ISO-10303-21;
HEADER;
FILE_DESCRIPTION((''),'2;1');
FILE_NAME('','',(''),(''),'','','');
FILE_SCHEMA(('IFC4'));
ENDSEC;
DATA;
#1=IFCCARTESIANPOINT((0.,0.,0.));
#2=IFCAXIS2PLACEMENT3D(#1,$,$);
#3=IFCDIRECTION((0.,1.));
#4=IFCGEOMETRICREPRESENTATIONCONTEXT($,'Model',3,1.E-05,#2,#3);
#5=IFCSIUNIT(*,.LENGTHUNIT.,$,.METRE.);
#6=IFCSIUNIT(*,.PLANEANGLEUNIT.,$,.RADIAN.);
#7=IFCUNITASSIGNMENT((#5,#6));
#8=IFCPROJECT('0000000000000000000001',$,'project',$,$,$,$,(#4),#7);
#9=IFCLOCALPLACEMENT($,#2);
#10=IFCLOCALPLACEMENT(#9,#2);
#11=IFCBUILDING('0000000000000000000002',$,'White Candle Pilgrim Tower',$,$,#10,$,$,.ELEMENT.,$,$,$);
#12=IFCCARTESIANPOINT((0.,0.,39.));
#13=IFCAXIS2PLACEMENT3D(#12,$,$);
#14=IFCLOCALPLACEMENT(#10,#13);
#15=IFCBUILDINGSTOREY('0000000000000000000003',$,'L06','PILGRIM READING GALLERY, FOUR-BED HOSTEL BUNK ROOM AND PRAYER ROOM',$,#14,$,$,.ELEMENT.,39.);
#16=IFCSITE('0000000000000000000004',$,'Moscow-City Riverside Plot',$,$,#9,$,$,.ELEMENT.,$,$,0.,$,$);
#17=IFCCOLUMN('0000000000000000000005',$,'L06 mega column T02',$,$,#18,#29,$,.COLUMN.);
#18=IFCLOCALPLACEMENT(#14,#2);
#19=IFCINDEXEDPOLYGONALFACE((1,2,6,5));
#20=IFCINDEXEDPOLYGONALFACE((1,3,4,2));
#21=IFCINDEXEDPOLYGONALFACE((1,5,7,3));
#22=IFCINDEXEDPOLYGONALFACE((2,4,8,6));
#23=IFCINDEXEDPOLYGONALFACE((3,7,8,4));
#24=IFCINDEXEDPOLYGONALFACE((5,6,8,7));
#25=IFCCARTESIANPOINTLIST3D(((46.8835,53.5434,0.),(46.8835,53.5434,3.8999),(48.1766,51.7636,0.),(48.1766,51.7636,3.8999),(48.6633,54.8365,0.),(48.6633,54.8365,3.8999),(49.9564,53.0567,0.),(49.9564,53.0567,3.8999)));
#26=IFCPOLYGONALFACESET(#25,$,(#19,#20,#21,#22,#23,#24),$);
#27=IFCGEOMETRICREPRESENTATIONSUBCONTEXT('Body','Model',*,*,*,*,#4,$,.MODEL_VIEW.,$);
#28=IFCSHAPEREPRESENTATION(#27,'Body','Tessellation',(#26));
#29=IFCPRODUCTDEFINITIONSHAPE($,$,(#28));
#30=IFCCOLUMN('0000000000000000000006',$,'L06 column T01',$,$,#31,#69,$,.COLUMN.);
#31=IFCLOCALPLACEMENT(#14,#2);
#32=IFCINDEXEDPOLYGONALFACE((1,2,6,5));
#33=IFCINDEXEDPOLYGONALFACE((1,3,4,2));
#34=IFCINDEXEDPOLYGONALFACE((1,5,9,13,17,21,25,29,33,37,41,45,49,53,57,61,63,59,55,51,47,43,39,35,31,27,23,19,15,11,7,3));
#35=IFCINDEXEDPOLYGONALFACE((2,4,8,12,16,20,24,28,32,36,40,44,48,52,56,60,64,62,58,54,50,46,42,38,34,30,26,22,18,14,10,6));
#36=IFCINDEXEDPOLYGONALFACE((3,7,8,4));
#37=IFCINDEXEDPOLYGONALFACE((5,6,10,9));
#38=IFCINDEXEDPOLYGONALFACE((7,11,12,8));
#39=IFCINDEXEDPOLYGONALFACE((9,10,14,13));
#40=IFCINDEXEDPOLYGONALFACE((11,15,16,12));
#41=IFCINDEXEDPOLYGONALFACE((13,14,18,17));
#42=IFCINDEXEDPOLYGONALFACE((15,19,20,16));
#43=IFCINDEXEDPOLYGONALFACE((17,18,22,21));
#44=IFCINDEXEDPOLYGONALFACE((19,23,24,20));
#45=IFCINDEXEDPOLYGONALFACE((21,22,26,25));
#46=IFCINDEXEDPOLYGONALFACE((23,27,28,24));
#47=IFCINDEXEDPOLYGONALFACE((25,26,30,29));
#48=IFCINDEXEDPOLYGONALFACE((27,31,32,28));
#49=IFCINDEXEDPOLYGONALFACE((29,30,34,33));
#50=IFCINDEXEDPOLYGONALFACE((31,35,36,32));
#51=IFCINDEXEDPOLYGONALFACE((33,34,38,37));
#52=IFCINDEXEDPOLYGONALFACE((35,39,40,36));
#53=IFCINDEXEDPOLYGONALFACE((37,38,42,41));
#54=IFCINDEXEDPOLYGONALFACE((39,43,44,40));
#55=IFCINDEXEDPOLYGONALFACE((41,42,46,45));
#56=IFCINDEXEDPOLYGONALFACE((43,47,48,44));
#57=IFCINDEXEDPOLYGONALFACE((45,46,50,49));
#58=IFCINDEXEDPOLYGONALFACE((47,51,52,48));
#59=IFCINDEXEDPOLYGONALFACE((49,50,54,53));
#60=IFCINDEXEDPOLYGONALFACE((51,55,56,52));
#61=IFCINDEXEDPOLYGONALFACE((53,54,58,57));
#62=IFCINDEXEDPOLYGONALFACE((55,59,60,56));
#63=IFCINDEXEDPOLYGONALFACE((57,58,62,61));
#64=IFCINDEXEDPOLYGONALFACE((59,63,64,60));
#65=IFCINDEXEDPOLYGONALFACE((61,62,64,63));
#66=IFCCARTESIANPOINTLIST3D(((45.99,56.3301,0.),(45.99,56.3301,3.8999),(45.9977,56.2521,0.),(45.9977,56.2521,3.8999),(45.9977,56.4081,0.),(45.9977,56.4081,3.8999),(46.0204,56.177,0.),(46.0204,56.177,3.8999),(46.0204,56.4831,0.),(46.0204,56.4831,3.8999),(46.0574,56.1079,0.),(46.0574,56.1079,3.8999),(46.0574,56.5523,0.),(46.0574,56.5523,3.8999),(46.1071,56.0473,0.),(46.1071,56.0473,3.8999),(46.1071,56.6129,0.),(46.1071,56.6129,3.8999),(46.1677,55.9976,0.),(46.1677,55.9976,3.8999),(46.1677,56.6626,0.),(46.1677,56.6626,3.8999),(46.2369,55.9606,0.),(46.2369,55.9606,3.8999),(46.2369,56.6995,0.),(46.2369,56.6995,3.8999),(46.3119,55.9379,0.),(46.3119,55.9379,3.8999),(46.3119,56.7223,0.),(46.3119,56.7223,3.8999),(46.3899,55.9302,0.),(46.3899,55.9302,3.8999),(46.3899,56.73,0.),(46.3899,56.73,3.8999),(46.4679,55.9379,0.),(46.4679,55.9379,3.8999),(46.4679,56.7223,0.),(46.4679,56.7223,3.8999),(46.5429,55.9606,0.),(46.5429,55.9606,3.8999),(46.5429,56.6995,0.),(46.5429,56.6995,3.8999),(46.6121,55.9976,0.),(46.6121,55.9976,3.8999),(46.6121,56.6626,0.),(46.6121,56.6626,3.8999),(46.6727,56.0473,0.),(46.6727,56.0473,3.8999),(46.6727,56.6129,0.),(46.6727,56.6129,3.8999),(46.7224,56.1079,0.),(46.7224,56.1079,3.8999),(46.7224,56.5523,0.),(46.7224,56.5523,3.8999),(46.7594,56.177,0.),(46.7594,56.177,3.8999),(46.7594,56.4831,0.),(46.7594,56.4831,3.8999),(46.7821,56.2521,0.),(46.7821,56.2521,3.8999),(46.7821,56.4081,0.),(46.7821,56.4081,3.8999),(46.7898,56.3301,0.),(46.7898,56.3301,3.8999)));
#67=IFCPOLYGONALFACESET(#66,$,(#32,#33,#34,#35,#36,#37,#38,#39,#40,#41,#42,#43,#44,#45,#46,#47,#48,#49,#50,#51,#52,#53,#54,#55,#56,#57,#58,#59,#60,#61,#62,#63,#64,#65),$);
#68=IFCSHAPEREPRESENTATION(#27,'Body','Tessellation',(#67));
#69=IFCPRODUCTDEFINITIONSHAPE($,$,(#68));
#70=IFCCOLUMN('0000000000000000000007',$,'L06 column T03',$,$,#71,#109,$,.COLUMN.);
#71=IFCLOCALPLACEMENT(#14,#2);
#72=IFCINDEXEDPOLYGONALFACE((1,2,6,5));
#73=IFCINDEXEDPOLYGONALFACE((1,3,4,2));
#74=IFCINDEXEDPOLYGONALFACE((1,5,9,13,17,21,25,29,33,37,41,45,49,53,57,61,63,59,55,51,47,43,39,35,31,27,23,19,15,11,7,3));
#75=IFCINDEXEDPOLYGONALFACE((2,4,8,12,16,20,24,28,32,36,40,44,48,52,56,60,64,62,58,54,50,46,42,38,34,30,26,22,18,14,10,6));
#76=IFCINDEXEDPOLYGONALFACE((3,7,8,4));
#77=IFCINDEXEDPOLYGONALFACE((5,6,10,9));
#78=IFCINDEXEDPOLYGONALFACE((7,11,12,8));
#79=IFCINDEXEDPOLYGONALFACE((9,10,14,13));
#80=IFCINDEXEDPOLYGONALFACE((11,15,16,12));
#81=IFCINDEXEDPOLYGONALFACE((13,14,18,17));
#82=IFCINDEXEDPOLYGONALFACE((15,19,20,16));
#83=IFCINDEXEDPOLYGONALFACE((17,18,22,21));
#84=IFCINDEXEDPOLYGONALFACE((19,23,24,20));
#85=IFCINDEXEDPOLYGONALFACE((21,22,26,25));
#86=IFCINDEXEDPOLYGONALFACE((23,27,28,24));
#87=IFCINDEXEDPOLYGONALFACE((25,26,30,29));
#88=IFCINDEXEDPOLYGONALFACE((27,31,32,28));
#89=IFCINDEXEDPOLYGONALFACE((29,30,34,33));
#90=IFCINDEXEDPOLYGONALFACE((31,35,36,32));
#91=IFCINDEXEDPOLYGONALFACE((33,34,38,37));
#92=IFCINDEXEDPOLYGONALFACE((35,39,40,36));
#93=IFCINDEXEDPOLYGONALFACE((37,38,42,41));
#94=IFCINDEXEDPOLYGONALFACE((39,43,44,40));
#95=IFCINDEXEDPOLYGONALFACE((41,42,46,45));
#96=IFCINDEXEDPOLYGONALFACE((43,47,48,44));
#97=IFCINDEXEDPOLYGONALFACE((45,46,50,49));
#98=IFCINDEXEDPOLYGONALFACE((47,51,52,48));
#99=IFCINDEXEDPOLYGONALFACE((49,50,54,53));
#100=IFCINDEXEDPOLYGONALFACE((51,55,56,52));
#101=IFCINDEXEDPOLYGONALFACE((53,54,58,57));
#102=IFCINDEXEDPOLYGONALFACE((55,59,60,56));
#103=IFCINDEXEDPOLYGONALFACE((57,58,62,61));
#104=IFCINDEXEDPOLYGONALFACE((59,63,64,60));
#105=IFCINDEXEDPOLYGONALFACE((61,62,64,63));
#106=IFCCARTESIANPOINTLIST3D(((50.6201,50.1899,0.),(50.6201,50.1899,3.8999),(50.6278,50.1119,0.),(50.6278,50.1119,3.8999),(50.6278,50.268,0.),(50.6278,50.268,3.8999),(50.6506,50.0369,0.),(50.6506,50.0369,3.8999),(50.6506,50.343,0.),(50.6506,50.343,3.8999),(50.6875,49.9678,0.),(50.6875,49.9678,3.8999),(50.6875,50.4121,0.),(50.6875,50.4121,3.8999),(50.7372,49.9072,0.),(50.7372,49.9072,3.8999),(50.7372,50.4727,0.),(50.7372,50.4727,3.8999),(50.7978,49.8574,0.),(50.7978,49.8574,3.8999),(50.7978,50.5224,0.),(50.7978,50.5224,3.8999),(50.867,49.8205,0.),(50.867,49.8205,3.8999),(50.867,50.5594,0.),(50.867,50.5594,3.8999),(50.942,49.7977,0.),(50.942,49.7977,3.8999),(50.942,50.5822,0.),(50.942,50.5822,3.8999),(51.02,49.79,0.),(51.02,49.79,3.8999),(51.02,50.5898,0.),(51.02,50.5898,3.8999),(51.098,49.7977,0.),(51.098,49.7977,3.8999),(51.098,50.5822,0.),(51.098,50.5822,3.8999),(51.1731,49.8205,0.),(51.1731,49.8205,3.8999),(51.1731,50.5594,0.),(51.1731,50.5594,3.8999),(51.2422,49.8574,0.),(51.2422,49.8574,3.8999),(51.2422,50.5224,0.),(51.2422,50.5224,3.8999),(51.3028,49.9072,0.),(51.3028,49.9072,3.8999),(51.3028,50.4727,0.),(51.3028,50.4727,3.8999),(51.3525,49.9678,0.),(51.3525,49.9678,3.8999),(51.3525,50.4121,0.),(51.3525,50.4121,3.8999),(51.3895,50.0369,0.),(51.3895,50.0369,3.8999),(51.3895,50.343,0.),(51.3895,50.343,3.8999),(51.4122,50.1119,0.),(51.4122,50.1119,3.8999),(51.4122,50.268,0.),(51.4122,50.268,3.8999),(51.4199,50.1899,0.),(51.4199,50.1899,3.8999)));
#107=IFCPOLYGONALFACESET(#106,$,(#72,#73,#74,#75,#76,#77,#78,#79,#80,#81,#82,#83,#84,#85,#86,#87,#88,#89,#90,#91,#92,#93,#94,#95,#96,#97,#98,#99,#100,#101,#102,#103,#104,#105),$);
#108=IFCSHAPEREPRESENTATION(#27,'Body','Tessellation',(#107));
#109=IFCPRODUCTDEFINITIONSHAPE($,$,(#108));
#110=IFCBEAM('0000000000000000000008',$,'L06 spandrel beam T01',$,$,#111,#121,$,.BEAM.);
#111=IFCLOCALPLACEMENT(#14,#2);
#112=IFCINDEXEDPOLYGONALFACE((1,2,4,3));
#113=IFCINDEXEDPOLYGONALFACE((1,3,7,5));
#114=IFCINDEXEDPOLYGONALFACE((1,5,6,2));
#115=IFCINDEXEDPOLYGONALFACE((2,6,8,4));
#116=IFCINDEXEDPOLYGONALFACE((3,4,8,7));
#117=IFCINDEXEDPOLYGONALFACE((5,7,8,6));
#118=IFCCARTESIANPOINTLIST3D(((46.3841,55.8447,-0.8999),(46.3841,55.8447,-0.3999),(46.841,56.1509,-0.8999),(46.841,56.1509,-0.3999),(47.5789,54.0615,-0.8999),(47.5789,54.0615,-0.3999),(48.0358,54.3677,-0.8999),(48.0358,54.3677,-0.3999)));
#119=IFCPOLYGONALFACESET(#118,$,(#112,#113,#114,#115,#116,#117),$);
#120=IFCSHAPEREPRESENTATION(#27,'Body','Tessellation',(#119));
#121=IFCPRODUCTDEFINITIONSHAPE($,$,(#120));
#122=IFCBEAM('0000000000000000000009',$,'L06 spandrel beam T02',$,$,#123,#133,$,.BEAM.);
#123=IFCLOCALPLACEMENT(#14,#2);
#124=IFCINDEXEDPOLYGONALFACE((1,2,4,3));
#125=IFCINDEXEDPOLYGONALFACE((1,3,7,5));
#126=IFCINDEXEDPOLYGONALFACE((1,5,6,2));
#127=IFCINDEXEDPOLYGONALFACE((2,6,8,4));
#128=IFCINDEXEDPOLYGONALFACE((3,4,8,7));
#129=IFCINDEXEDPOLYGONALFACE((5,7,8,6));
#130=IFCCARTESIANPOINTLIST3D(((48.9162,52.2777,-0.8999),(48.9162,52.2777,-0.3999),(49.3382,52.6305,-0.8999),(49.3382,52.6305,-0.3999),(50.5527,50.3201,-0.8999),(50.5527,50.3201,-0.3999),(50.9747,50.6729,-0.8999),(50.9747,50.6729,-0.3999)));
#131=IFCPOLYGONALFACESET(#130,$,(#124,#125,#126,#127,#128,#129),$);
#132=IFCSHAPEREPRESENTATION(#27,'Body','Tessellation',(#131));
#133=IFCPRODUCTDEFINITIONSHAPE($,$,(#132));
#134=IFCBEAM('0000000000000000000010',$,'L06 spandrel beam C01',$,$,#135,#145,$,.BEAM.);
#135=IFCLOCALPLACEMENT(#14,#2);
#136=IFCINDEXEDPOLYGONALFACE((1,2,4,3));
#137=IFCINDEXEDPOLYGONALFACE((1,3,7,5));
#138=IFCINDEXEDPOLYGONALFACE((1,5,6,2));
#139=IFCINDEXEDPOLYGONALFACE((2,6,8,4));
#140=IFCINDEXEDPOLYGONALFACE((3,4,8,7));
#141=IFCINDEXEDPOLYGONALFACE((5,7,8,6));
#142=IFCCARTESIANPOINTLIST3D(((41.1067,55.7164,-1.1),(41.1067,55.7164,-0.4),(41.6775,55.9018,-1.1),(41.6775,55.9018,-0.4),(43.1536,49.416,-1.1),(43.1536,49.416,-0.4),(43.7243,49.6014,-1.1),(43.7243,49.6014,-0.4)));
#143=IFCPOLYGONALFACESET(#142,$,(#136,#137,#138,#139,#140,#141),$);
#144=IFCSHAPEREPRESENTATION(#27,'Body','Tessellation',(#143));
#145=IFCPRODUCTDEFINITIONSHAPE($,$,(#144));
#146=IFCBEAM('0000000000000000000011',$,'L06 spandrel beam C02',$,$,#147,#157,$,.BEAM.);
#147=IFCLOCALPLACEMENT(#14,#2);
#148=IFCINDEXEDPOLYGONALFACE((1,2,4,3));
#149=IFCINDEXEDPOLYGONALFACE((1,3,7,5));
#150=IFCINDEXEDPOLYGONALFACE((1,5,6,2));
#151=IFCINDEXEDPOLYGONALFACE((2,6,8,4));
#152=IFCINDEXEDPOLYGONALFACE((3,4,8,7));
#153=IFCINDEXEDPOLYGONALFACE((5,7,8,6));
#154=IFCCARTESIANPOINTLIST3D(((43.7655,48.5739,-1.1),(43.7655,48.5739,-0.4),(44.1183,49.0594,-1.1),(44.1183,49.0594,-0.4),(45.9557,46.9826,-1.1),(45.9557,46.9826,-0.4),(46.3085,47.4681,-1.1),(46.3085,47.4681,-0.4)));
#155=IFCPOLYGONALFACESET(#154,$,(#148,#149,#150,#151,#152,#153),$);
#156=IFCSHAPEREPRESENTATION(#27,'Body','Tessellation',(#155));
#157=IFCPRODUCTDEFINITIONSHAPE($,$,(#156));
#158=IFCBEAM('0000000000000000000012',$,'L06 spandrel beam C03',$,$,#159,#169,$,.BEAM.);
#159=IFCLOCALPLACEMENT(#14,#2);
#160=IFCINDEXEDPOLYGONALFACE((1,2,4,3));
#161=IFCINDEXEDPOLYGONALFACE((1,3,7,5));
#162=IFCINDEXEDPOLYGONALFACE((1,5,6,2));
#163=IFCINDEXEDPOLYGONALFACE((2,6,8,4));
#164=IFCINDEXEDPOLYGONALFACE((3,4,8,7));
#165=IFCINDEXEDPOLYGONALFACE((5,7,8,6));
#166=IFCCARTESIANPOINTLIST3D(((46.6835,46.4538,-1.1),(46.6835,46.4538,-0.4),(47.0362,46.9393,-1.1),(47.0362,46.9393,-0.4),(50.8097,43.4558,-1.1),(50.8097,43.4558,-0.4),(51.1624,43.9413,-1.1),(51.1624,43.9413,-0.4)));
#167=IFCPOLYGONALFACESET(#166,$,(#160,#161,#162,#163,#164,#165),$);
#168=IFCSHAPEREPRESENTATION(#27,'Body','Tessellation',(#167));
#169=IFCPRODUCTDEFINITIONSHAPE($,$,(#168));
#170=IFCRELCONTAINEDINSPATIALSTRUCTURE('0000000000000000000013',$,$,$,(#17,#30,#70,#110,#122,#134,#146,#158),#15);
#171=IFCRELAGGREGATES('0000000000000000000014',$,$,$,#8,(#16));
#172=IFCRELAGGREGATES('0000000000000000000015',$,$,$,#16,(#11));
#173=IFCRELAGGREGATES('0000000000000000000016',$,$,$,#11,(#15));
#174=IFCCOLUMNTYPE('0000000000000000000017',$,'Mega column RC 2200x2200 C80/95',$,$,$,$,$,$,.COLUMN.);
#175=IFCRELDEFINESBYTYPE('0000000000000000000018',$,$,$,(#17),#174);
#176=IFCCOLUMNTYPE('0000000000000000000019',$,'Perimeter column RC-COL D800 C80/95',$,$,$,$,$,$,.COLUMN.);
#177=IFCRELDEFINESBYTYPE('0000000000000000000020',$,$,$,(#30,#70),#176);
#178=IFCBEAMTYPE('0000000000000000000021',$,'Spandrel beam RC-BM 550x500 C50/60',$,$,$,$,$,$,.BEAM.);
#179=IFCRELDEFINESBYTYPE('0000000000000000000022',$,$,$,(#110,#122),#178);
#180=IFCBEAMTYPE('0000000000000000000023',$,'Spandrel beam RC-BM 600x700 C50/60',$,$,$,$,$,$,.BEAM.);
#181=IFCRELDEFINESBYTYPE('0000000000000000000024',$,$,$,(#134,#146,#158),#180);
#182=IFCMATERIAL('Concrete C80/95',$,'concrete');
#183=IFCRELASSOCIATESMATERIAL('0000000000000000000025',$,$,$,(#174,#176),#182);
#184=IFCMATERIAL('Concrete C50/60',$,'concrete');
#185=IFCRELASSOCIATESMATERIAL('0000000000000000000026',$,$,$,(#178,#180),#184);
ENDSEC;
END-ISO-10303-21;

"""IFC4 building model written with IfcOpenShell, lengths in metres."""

from ifc_helpers import new_model, si_unit, direction, frame, origin, origin_2d, place, context, subcontext, project, spatial, rectangle, circle, extrude, material, material_profile, profile_set, type_object, element, save


model = new_model("IFC4")

# Units and contexts
model_context = context("Model", 3, precision=1e-05, world=origin(), true_north=direction((0.0, 1.0)))
body_context = subcontext(model_context, "Body", "Model", "MODEL_VIEW")
ifc_project = project(units=[si_unit("LENGTHUNIT", "METRE"), si_unit("PLANEANGLEUNIT", "RADIAN")], contexts=[model_context])

# Site, building, storey
site_placement = place(None, origin())
site = spatial("IfcSite", under=ifc_project, at=site_placement, Name="Moscow-City Riverside Plot", CompositionType="ELEMENT", RefElevation=0.0)
building_placement = place(site_placement, origin())
building = spatial("IfcBuilding", under=site, at=building_placement, Name="White Candle Pilgrim Tower", CompositionType="ELEMENT")
storey_placement = place(building_placement, frame((0.0, 0.0, 39.0)))
storey = spatial("IfcBuildingStorey", under=building, at=storey_placement, Name="L06", Description="PILGRIM READING GALLERY, FOUR-BED HOSTEL BUNK ROOM AND PRAYER ROOM", CompositionType="ELEMENT", Elevation=39.0)

# Columns
ifc_material_1 = material(Name="Concrete C80/95", Category="concrete")
ifc_material_profile_1 = material_profile(ifc_material_1, rectangle(XDim=2.2, YDim=2.2, at=origin_2d()), Name="RC 2200x2200")
ifc_profile_set_1 = profile_set([ifc_material_profile_1], Name="Concrete C80/95")
column_type_1 = type_object("IfcColumnType", Name="Mega column RC 2200x2200 C80/95", PredefinedType="COLUMN", material=ifc_profile_set_1)
column_placement = place(storey_placement, frame((48.4199, 53.3, 0.0), z_axis=(0.0, 0.0, 1.0), x_axis=(-0.809017, -0.587785, 0.0)))
element("IfcColumn", 1, at=column_placement, inside=storey, type_object=column_type_1, Name="L06 mega column T02", PredefinedType="COLUMN", context=body_context, shape_type="SweptSolid", body=[
    extrude(rectangle(XDim=2.2, YDim=2.2, at=origin_2d()), origin(), (0.0, 0.0, 1.0), 3.8999),
])
ifc_material_profile_2 = material_profile(ifc_material_1, circle(Radius=0.3999, at=origin_2d()), Name="RC-COL D800")
ifc_profile_set_2 = profile_set([ifc_material_profile_2], Name="Concrete C80/95")
column_type_2 = type_object("IfcColumnType", Name="Perimeter column RC-COL D800 C80/95", PredefinedType="COLUMN", material=ifc_profile_set_2)
for number, where, z_axis, x_axis, name in (
    (2, (46.3899, 56.3301, 0.0), (0.0, 0.0, 1.0), (1.0, 0.0, 0.0), "L06 column T01"),
    (3, (51.02, 50.1899, 0.0), (0.0, 0.0, 1.0), (1.0, 0.0, 0.0), "L06 column T03"),
):
    element("IfcColumn", number, at=place(storey_placement, frame(where, z_axis=z_axis, x_axis=x_axis)), inside=storey, type_object=column_type_2, Name=name, PredefinedType="COLUMN", context=body_context, shape_type="SweptSolid", body=[
        extrude(circle(Radius=0.3999, at=origin_2d()), origin(), (0.0, 0.0, 1.0), 3.8999),
    ])

# Beams
ifc_material_2 = material(Name="Concrete C50/60", Category="concrete")
ifc_material_profile_3 = material_profile(ifc_material_2, rectangle(XDim=0.55, YDim=0.5, at=origin_2d()), Name="RC-BM 550x500")
ifc_profile_set_3 = profile_set([ifc_material_profile_3], Name="Concrete C50/60")
beam_type_1 = type_object("IfcBeamType", Name="Spandrel beam RC-BM 550x500 C50/60", PredefinedType="BEAM", material=ifc_profile_set_3)
beam_1_placement = place(storey_placement, frame((46.6125, 55.9978, -0.6499), z_axis=(0.556641, -0.830753, 0.0), x_axis=(0.830753, 0.556641, 0.0)))
element("IfcBeam", 4, at=beam_1_placement, inside=storey, type_object=beam_type_1, Name="L06 spandrel beam T01", PredefinedType="BEAM", context=body_context, shape_type="SweptSolid", body=[
    extrude(rectangle(XDim=0.55, YDim=0.5, at=origin_2d()), origin(), (0.0, 0.0, 1.0), 2.1465),
])
beam_2_placement = place(storey_placement, frame((49.1272, 52.4541, -0.6499), z_axis=(0.641388, -0.767216, 0.0), x_axis=(0.767216, 0.641388, 0.0)))
element("IfcBeam", 5, at=beam_2_placement, inside=storey, type_object=beam_type_1, Name="L06 spandrel beam T02", PredefinedType="BEAM", context=body_context, shape_type="SweptSolid", body=[
    extrude(rectangle(XDim=0.55, YDim=0.5, at=origin_2d()), origin(), (0.0, 0.0, 1.0), 2.5515),
])
ifc_material_profile_4 = material_profile(ifc_material_2, rectangle(XDim=0.6001, YDim=0.7, at=origin_2d()), Name="RC-BM 600x700")
ifc_profile_set_4 = profile_set([ifc_material_profile_4], Name="Concrete C50/60")
beam_type_2 = type_object("IfcBeamType", Name="Spandrel beam RC-BM 600x700 C50/60", PredefinedType="BEAM", material=ifc_profile_set_4)
beam_3_placement = place(storey_placement, frame((41.3921, 55.8091, -0.75), z_axis=(0.308988, -0.951066, 0.0), x_axis=(0.951066, 0.308988, 0.0)))
element("IfcBeam", 6, at=beam_3_placement, inside=storey, type_object=beam_type_2, Name="L06 spandrel beam C01", PredefinedType="BEAM", context=body_context, shape_type="SweptSolid", body=[
    extrude(rectangle(XDim=0.6001, YDim=0.7, at=origin_2d()), origin(), (0.0, 0.0, 1.0), 6.6245),
])
beam_4_placement = place(storey_placement, frame((43.9419, 48.8167, -0.75), z_axis=(0.809009, -0.587796, 0.0), x_axis=(0.587796, 0.809009, 0.0)))
element("IfcBeam", 7, at=beam_4_placement, inside=storey, type_object=beam_type_2, Name="L06 spandrel beam C02", PredefinedType="BEAM", context=body_context, shape_type="SweptSolid", body=[
    extrude(rectangle(XDim=0.6001, YDim=0.7, at=origin_2d()), origin(), (0.0, 0.0, 1.0), 2.7073),
])
beam_5_placement = place(storey_placement, frame((46.8599, 46.6965, -0.75), z_axis=(0.809001, -0.587807, 0.0), x_axis=(0.587807, 0.809001, 0.0)))
element("IfcBeam", 8, at=beam_5_placement, inside=storey, type_object=beam_type_2, Name="L06 spandrel beam C03", PredefinedType="BEAM", context=body_context, shape_type="SweptSolid", body=[
    extrude(rectangle(XDim=0.6001, YDim=0.7, at=origin_2d()), origin(), (0.0, 0.0, 1.0), 5.1003),
])

save(model, "model.ifc")
